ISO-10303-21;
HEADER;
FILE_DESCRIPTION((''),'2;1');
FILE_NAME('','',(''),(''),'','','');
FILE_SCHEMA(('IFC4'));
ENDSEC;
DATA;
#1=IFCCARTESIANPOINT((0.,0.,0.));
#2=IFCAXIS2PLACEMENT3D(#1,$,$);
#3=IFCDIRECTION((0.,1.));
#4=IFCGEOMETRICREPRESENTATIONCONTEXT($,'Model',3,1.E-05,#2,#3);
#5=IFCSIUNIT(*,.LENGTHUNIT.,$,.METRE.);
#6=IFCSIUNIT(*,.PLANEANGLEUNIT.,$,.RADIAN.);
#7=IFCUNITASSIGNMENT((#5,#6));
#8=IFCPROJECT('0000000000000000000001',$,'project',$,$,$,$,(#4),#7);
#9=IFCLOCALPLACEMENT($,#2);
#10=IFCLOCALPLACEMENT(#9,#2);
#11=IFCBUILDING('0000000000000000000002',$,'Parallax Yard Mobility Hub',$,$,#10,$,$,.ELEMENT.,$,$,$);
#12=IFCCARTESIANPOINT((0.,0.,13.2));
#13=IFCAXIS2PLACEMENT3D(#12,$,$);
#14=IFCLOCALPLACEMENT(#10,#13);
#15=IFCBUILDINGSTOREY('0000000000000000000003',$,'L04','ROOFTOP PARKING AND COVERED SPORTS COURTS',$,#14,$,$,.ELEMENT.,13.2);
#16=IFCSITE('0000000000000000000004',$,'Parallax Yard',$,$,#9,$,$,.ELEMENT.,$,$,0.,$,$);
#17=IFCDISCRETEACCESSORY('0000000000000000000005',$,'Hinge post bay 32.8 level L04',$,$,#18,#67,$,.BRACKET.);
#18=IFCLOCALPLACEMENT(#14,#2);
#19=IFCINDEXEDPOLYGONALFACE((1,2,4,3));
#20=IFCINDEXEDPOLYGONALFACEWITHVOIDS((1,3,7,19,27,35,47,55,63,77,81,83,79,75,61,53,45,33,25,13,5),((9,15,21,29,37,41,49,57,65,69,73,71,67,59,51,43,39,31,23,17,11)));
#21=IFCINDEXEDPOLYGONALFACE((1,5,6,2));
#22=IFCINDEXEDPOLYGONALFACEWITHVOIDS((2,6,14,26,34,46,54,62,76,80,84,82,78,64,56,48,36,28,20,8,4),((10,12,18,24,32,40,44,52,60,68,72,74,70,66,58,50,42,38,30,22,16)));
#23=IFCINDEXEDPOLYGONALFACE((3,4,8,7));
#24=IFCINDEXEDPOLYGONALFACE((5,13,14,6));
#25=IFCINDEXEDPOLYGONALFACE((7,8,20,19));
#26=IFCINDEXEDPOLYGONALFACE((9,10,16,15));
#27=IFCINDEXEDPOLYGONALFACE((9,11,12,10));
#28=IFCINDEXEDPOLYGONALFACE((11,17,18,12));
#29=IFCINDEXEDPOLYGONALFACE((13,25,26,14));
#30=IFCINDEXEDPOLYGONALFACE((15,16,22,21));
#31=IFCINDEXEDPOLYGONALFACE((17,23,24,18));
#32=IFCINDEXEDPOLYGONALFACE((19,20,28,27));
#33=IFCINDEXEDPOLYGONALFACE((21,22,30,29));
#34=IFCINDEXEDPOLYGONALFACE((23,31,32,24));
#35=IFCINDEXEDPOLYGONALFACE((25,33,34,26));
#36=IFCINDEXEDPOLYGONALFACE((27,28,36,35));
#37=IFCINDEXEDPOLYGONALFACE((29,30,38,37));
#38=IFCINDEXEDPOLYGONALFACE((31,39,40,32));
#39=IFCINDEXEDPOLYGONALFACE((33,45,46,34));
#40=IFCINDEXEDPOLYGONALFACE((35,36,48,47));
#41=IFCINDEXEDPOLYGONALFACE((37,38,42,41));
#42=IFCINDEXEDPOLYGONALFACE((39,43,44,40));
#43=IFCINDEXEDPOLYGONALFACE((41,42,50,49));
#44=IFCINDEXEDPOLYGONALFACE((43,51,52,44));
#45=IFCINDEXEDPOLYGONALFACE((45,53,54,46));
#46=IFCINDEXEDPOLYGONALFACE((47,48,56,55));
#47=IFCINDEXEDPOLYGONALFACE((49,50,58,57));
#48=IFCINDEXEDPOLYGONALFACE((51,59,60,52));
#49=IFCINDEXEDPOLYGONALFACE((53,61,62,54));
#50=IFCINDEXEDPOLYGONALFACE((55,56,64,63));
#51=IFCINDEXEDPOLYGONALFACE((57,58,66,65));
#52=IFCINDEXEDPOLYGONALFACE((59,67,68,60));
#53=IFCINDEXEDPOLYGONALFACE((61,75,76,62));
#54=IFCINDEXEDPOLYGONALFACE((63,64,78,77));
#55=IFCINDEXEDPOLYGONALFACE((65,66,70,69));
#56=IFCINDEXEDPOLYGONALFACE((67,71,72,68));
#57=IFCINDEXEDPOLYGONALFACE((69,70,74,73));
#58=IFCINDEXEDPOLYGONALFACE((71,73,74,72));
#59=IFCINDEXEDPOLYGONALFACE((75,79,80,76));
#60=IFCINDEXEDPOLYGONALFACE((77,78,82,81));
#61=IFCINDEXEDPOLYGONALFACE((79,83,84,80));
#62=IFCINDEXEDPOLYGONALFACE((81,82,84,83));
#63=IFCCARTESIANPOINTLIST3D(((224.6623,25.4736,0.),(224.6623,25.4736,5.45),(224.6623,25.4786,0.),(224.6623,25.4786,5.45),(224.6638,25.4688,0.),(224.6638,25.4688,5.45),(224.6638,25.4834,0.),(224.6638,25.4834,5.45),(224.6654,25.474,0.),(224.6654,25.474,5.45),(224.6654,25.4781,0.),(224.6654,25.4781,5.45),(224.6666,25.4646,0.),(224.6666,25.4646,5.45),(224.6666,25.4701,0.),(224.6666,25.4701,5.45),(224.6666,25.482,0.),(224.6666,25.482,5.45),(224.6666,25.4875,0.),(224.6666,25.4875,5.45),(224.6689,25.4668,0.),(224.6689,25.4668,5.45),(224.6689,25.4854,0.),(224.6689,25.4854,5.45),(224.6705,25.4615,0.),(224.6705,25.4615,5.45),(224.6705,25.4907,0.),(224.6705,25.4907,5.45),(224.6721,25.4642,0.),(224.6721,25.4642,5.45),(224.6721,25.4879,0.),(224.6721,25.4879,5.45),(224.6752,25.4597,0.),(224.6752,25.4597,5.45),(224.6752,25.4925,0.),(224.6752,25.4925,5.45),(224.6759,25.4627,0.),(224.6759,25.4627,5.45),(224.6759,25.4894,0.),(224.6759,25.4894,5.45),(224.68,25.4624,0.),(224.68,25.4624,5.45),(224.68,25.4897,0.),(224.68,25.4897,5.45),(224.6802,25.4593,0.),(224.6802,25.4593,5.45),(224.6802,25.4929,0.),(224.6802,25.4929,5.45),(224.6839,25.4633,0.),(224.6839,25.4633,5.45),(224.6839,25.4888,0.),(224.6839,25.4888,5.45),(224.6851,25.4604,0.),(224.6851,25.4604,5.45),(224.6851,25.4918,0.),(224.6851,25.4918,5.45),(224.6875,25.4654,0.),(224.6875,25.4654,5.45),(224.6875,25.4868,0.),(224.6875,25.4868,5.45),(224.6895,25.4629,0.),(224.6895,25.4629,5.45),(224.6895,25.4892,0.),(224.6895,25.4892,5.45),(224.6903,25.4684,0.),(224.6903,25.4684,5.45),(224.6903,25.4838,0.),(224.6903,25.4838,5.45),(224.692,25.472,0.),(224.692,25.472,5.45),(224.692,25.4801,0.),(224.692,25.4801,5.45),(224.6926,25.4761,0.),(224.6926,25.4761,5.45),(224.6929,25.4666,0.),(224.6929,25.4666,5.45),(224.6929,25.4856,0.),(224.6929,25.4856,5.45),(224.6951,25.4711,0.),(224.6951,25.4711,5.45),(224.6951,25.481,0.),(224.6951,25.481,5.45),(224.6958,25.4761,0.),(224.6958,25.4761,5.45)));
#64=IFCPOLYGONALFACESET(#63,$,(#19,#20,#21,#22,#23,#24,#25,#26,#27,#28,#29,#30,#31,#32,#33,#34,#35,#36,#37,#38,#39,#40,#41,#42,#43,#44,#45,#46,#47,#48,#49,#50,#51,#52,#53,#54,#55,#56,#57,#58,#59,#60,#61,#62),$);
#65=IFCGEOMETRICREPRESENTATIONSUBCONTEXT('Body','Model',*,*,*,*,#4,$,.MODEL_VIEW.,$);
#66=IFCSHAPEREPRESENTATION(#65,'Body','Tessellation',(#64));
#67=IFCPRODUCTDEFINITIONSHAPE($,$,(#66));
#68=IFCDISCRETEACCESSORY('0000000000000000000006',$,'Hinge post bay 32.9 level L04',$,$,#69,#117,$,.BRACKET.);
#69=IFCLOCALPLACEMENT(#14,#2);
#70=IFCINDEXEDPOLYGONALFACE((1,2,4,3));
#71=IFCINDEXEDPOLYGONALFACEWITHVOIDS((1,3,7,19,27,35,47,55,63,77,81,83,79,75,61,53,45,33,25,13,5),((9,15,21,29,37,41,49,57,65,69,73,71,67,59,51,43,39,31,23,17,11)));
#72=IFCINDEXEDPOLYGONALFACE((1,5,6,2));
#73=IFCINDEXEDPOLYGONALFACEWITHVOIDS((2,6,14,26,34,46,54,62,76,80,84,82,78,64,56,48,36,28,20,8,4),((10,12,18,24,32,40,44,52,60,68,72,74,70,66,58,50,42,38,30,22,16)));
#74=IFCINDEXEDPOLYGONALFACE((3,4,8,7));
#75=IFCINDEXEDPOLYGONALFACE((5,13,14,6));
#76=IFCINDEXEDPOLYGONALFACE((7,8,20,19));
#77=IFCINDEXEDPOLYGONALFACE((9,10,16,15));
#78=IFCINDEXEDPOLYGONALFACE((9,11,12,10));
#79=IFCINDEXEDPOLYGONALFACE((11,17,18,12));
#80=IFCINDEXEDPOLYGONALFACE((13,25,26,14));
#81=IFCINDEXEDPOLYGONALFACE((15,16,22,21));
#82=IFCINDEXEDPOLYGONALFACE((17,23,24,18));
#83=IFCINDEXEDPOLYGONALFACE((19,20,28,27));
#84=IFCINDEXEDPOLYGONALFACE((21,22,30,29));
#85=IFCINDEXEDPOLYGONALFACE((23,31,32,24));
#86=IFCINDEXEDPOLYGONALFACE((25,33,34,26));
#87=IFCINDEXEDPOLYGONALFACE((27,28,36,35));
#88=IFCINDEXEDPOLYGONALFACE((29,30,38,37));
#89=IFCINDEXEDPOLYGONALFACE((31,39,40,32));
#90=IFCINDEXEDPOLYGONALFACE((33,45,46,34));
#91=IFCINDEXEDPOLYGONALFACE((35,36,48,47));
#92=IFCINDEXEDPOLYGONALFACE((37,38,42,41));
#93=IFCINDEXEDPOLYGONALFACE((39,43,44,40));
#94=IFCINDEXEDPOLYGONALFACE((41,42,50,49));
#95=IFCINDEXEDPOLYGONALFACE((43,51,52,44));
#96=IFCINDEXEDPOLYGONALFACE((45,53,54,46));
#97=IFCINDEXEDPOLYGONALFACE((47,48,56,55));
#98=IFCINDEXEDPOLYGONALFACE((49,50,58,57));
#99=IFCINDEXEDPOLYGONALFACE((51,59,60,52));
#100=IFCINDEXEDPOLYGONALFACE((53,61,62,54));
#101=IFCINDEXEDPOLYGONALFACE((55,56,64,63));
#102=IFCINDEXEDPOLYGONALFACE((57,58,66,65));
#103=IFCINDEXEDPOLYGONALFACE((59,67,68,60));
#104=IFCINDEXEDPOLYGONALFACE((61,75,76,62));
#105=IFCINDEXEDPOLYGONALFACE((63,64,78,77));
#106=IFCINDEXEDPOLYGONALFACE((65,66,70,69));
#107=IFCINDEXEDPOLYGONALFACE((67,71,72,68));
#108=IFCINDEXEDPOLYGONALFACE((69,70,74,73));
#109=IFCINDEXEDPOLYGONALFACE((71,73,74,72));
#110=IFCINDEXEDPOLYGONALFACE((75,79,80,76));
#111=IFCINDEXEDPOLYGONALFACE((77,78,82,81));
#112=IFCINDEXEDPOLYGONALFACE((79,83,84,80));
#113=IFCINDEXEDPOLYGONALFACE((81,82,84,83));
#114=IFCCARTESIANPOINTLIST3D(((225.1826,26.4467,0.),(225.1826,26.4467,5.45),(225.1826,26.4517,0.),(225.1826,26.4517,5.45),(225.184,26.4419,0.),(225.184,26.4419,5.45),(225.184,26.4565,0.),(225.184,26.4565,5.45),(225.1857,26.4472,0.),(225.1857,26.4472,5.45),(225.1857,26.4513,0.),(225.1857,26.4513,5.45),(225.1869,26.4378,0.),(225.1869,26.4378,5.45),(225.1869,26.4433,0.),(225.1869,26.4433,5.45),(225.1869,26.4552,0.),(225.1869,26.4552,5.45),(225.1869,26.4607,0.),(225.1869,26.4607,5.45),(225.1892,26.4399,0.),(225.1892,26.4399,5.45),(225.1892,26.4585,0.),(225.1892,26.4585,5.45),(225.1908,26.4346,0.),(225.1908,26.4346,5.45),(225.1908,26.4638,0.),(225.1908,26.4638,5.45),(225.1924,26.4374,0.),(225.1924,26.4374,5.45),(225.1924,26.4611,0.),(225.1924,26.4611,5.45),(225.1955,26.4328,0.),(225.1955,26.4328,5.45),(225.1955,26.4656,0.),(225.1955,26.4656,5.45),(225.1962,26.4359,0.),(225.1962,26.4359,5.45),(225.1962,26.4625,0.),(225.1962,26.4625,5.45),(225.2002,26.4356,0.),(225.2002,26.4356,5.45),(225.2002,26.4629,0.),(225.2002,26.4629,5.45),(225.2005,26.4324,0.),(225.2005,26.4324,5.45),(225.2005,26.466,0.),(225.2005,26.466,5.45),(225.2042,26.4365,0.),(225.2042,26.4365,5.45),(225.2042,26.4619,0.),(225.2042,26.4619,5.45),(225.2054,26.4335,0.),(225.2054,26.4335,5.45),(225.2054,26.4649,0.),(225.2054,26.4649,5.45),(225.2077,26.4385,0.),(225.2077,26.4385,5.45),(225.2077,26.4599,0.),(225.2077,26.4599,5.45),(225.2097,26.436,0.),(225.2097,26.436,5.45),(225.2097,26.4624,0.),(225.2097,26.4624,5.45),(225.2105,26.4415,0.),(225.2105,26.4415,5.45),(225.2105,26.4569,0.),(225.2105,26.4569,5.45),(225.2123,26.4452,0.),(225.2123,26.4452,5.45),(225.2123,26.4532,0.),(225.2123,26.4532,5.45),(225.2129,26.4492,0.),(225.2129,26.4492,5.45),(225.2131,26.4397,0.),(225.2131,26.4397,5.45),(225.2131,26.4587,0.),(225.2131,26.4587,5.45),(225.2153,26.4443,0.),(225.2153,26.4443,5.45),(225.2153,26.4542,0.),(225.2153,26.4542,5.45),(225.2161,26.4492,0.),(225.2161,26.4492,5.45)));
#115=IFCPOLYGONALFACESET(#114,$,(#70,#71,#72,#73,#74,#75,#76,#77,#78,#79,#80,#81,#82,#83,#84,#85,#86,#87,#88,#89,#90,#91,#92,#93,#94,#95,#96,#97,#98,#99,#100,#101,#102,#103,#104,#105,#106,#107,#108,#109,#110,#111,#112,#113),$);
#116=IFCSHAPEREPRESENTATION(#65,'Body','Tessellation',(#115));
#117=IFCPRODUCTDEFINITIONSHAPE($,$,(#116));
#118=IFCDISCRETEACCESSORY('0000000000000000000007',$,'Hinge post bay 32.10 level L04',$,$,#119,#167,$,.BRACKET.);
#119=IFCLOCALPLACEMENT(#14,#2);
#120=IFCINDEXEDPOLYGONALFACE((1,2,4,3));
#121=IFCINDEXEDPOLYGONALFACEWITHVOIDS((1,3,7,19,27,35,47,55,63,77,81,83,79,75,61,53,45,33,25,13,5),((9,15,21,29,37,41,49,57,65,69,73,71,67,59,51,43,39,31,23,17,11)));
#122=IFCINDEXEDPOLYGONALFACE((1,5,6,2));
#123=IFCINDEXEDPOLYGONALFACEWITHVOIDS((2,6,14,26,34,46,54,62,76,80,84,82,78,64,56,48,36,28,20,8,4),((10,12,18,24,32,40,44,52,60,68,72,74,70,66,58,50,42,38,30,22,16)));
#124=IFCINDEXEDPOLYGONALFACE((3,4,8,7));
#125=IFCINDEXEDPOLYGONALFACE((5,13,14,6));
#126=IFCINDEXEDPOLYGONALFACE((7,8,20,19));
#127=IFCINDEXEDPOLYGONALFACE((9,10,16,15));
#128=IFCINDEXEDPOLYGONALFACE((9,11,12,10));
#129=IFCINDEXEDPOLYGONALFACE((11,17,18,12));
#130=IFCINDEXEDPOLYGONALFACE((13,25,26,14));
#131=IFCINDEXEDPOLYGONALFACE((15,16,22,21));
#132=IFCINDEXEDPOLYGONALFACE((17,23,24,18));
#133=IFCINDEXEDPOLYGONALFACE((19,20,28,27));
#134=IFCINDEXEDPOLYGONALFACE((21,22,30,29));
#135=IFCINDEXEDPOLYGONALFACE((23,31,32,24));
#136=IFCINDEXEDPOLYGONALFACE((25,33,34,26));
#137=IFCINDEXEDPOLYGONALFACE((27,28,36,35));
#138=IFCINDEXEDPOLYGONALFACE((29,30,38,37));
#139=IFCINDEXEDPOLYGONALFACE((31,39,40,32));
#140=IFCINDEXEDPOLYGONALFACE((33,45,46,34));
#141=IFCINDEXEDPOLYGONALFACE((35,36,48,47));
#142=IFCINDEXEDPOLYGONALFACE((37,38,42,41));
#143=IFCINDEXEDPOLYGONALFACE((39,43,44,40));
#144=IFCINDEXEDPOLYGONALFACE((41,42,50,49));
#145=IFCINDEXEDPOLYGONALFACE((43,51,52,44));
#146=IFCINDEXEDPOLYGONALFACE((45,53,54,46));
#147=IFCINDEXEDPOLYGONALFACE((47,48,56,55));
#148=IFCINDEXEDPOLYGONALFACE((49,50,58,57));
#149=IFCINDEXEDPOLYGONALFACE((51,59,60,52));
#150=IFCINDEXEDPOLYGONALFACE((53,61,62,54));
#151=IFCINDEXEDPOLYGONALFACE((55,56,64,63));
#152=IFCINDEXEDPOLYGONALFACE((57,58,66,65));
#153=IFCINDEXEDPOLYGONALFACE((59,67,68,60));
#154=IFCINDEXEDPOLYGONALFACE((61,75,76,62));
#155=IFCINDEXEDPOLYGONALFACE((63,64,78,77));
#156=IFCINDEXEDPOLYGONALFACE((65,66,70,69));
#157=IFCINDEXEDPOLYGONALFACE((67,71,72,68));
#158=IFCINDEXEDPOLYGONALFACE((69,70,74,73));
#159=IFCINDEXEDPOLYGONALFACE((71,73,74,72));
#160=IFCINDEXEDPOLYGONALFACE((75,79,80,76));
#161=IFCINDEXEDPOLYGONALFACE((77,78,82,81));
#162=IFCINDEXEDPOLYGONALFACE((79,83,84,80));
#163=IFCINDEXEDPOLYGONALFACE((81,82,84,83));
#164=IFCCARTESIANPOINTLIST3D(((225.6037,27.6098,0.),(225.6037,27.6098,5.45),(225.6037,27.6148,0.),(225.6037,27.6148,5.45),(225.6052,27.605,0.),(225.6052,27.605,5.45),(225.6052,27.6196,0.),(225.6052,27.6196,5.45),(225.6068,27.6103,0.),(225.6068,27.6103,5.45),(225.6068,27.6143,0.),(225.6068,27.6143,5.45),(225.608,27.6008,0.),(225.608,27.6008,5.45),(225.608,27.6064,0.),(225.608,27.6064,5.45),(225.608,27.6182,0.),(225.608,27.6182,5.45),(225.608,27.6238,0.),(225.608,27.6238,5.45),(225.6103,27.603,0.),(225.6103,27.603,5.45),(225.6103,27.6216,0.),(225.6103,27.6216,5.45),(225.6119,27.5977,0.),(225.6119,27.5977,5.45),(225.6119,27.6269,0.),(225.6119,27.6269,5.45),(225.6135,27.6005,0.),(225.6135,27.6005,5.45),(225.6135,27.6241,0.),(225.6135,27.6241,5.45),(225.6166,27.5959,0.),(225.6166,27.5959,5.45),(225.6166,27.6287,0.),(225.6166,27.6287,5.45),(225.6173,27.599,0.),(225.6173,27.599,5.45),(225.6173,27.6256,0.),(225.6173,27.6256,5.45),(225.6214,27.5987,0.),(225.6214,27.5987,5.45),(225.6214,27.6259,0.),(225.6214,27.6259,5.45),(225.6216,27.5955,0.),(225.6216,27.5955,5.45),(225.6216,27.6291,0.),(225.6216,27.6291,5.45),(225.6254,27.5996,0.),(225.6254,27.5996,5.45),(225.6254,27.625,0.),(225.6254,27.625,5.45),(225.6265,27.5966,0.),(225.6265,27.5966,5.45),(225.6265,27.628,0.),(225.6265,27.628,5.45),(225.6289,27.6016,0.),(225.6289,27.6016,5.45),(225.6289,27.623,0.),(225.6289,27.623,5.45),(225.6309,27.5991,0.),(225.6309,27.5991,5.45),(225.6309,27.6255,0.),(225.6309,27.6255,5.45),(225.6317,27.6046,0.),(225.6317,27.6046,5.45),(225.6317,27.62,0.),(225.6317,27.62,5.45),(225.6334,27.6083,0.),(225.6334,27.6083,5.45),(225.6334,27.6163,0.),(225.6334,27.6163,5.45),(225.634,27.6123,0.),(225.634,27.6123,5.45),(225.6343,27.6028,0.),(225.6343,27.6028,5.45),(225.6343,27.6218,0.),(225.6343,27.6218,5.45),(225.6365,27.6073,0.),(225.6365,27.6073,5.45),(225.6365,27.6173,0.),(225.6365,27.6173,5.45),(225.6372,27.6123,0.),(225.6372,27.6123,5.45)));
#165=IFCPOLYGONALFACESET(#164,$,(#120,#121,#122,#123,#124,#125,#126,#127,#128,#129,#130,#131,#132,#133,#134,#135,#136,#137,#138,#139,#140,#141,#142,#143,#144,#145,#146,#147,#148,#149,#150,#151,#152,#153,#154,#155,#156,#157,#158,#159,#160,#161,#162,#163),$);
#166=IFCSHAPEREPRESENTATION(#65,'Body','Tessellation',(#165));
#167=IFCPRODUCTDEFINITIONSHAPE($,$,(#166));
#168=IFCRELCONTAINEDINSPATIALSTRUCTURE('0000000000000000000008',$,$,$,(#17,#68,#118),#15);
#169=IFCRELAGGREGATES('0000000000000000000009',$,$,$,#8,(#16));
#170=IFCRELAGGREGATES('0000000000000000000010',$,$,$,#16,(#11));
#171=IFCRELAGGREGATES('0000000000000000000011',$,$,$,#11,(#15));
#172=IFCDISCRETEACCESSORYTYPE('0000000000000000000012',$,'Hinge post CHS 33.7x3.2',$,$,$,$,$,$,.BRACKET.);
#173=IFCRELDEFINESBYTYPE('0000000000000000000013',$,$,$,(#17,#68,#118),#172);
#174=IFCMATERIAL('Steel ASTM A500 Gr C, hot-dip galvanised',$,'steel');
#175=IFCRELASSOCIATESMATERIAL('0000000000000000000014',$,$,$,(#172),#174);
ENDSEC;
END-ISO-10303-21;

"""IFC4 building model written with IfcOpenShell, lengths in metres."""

from ifc_helpers import new_model, si_unit, direction, frame, origin, origin_2d, place, context, subcontext, project, spatial, hollow_circle, extrude, material, material_profile, profile_set, type_object, element, save


model = new_model("IFC4")

# Units and contexts
model_context = context("Model", 3, precision=1e-05, world=origin(), true_north=direction((0.0, 1.0)))
body_context = subcontext(model_context, "Body", "Model", "MODEL_VIEW")
ifc_project = project(units=[si_unit("LENGTHUNIT", "METRE"), si_unit("PLANEANGLEUNIT", "RADIAN")], contexts=[model_context])

# Site, building, storey
site_placement = place(None, origin())
site = spatial("IfcSite", under=ifc_project, at=site_placement, Name="Parallax Yard", CompositionType="ELEMENT", RefElevation=0.0)
building_placement = place(site_placement, origin())
building = spatial("IfcBuilding", under=site, at=building_placement, Name="Parallax Yard Mobility Hub", CompositionType="ELEMENT")
storey_placement = place(building_placement, frame((0.0, 0.0, 13.2)))
storey = spatial("IfcBuildingStorey", under=building, at=storey_placement, Name="L04", Description="ROOFTOP PARKING AND COVERED SPORTS COURTS", CompositionType="ELEMENT", Elevation=13.2)

# Discrete accessories
ifc_material_1 = material(Name="Steel ASTM A500 Gr C, hot-dip galvanised", Category="steel")
ifc_material_profile_1 = material_profile(ifc_material_1, hollow_circle(Radius=0.0168, WallThickness=0.0032, at=origin_2d()), Name="CHS 33.7x3.2")
ifc_profile_set_1 = profile_set([ifc_material_profile_1], Name="Steel ASTM A500 Gr C, hot-dip galvanised")
discrete_accessory_type_1 = type_object("IfcDiscreteAccessoryType", Name="Hinge post CHS 33.7x3.2", PredefinedType="BRACKET", material=ifc_profile_set_1)
for number, where, z_axis, x_axis, name in (
    (1, (224.679, 25.4761, 0.0), (0.0, 0.0, 1.0), (1.0, 0.0, 0.0), "Hinge post bay 32.8 level L04"),
    (2, (225.1992, 26.4492, 0.0), (0.0, 0.0, 1.0), (1.0, 0.0, 0.0), "Hinge post bay 32.9 level L04"),
    (3, (225.6204, 27.6123, 0.0), (0.0, 0.0, 1.0), (1.0, 0.0, 0.0), "Hinge post bay 32.10 level L04"),
):
    element("IfcDiscreteAccessory", number, at=place(storey_placement, frame(where, z_axis=z_axis, x_axis=x_axis)), inside=storey, type_object=discrete_accessory_type_1, Name=name, PredefinedType="BRACKET", context=body_context, shape_type="SweptSolid", body=[
        extrude(hollow_circle(Radius=0.0168, WallThickness=0.0032, at=origin_2d()), origin(), (0.0, 0.0, 1.0), 5.45),
    ])

save(model, "model.ifc")
